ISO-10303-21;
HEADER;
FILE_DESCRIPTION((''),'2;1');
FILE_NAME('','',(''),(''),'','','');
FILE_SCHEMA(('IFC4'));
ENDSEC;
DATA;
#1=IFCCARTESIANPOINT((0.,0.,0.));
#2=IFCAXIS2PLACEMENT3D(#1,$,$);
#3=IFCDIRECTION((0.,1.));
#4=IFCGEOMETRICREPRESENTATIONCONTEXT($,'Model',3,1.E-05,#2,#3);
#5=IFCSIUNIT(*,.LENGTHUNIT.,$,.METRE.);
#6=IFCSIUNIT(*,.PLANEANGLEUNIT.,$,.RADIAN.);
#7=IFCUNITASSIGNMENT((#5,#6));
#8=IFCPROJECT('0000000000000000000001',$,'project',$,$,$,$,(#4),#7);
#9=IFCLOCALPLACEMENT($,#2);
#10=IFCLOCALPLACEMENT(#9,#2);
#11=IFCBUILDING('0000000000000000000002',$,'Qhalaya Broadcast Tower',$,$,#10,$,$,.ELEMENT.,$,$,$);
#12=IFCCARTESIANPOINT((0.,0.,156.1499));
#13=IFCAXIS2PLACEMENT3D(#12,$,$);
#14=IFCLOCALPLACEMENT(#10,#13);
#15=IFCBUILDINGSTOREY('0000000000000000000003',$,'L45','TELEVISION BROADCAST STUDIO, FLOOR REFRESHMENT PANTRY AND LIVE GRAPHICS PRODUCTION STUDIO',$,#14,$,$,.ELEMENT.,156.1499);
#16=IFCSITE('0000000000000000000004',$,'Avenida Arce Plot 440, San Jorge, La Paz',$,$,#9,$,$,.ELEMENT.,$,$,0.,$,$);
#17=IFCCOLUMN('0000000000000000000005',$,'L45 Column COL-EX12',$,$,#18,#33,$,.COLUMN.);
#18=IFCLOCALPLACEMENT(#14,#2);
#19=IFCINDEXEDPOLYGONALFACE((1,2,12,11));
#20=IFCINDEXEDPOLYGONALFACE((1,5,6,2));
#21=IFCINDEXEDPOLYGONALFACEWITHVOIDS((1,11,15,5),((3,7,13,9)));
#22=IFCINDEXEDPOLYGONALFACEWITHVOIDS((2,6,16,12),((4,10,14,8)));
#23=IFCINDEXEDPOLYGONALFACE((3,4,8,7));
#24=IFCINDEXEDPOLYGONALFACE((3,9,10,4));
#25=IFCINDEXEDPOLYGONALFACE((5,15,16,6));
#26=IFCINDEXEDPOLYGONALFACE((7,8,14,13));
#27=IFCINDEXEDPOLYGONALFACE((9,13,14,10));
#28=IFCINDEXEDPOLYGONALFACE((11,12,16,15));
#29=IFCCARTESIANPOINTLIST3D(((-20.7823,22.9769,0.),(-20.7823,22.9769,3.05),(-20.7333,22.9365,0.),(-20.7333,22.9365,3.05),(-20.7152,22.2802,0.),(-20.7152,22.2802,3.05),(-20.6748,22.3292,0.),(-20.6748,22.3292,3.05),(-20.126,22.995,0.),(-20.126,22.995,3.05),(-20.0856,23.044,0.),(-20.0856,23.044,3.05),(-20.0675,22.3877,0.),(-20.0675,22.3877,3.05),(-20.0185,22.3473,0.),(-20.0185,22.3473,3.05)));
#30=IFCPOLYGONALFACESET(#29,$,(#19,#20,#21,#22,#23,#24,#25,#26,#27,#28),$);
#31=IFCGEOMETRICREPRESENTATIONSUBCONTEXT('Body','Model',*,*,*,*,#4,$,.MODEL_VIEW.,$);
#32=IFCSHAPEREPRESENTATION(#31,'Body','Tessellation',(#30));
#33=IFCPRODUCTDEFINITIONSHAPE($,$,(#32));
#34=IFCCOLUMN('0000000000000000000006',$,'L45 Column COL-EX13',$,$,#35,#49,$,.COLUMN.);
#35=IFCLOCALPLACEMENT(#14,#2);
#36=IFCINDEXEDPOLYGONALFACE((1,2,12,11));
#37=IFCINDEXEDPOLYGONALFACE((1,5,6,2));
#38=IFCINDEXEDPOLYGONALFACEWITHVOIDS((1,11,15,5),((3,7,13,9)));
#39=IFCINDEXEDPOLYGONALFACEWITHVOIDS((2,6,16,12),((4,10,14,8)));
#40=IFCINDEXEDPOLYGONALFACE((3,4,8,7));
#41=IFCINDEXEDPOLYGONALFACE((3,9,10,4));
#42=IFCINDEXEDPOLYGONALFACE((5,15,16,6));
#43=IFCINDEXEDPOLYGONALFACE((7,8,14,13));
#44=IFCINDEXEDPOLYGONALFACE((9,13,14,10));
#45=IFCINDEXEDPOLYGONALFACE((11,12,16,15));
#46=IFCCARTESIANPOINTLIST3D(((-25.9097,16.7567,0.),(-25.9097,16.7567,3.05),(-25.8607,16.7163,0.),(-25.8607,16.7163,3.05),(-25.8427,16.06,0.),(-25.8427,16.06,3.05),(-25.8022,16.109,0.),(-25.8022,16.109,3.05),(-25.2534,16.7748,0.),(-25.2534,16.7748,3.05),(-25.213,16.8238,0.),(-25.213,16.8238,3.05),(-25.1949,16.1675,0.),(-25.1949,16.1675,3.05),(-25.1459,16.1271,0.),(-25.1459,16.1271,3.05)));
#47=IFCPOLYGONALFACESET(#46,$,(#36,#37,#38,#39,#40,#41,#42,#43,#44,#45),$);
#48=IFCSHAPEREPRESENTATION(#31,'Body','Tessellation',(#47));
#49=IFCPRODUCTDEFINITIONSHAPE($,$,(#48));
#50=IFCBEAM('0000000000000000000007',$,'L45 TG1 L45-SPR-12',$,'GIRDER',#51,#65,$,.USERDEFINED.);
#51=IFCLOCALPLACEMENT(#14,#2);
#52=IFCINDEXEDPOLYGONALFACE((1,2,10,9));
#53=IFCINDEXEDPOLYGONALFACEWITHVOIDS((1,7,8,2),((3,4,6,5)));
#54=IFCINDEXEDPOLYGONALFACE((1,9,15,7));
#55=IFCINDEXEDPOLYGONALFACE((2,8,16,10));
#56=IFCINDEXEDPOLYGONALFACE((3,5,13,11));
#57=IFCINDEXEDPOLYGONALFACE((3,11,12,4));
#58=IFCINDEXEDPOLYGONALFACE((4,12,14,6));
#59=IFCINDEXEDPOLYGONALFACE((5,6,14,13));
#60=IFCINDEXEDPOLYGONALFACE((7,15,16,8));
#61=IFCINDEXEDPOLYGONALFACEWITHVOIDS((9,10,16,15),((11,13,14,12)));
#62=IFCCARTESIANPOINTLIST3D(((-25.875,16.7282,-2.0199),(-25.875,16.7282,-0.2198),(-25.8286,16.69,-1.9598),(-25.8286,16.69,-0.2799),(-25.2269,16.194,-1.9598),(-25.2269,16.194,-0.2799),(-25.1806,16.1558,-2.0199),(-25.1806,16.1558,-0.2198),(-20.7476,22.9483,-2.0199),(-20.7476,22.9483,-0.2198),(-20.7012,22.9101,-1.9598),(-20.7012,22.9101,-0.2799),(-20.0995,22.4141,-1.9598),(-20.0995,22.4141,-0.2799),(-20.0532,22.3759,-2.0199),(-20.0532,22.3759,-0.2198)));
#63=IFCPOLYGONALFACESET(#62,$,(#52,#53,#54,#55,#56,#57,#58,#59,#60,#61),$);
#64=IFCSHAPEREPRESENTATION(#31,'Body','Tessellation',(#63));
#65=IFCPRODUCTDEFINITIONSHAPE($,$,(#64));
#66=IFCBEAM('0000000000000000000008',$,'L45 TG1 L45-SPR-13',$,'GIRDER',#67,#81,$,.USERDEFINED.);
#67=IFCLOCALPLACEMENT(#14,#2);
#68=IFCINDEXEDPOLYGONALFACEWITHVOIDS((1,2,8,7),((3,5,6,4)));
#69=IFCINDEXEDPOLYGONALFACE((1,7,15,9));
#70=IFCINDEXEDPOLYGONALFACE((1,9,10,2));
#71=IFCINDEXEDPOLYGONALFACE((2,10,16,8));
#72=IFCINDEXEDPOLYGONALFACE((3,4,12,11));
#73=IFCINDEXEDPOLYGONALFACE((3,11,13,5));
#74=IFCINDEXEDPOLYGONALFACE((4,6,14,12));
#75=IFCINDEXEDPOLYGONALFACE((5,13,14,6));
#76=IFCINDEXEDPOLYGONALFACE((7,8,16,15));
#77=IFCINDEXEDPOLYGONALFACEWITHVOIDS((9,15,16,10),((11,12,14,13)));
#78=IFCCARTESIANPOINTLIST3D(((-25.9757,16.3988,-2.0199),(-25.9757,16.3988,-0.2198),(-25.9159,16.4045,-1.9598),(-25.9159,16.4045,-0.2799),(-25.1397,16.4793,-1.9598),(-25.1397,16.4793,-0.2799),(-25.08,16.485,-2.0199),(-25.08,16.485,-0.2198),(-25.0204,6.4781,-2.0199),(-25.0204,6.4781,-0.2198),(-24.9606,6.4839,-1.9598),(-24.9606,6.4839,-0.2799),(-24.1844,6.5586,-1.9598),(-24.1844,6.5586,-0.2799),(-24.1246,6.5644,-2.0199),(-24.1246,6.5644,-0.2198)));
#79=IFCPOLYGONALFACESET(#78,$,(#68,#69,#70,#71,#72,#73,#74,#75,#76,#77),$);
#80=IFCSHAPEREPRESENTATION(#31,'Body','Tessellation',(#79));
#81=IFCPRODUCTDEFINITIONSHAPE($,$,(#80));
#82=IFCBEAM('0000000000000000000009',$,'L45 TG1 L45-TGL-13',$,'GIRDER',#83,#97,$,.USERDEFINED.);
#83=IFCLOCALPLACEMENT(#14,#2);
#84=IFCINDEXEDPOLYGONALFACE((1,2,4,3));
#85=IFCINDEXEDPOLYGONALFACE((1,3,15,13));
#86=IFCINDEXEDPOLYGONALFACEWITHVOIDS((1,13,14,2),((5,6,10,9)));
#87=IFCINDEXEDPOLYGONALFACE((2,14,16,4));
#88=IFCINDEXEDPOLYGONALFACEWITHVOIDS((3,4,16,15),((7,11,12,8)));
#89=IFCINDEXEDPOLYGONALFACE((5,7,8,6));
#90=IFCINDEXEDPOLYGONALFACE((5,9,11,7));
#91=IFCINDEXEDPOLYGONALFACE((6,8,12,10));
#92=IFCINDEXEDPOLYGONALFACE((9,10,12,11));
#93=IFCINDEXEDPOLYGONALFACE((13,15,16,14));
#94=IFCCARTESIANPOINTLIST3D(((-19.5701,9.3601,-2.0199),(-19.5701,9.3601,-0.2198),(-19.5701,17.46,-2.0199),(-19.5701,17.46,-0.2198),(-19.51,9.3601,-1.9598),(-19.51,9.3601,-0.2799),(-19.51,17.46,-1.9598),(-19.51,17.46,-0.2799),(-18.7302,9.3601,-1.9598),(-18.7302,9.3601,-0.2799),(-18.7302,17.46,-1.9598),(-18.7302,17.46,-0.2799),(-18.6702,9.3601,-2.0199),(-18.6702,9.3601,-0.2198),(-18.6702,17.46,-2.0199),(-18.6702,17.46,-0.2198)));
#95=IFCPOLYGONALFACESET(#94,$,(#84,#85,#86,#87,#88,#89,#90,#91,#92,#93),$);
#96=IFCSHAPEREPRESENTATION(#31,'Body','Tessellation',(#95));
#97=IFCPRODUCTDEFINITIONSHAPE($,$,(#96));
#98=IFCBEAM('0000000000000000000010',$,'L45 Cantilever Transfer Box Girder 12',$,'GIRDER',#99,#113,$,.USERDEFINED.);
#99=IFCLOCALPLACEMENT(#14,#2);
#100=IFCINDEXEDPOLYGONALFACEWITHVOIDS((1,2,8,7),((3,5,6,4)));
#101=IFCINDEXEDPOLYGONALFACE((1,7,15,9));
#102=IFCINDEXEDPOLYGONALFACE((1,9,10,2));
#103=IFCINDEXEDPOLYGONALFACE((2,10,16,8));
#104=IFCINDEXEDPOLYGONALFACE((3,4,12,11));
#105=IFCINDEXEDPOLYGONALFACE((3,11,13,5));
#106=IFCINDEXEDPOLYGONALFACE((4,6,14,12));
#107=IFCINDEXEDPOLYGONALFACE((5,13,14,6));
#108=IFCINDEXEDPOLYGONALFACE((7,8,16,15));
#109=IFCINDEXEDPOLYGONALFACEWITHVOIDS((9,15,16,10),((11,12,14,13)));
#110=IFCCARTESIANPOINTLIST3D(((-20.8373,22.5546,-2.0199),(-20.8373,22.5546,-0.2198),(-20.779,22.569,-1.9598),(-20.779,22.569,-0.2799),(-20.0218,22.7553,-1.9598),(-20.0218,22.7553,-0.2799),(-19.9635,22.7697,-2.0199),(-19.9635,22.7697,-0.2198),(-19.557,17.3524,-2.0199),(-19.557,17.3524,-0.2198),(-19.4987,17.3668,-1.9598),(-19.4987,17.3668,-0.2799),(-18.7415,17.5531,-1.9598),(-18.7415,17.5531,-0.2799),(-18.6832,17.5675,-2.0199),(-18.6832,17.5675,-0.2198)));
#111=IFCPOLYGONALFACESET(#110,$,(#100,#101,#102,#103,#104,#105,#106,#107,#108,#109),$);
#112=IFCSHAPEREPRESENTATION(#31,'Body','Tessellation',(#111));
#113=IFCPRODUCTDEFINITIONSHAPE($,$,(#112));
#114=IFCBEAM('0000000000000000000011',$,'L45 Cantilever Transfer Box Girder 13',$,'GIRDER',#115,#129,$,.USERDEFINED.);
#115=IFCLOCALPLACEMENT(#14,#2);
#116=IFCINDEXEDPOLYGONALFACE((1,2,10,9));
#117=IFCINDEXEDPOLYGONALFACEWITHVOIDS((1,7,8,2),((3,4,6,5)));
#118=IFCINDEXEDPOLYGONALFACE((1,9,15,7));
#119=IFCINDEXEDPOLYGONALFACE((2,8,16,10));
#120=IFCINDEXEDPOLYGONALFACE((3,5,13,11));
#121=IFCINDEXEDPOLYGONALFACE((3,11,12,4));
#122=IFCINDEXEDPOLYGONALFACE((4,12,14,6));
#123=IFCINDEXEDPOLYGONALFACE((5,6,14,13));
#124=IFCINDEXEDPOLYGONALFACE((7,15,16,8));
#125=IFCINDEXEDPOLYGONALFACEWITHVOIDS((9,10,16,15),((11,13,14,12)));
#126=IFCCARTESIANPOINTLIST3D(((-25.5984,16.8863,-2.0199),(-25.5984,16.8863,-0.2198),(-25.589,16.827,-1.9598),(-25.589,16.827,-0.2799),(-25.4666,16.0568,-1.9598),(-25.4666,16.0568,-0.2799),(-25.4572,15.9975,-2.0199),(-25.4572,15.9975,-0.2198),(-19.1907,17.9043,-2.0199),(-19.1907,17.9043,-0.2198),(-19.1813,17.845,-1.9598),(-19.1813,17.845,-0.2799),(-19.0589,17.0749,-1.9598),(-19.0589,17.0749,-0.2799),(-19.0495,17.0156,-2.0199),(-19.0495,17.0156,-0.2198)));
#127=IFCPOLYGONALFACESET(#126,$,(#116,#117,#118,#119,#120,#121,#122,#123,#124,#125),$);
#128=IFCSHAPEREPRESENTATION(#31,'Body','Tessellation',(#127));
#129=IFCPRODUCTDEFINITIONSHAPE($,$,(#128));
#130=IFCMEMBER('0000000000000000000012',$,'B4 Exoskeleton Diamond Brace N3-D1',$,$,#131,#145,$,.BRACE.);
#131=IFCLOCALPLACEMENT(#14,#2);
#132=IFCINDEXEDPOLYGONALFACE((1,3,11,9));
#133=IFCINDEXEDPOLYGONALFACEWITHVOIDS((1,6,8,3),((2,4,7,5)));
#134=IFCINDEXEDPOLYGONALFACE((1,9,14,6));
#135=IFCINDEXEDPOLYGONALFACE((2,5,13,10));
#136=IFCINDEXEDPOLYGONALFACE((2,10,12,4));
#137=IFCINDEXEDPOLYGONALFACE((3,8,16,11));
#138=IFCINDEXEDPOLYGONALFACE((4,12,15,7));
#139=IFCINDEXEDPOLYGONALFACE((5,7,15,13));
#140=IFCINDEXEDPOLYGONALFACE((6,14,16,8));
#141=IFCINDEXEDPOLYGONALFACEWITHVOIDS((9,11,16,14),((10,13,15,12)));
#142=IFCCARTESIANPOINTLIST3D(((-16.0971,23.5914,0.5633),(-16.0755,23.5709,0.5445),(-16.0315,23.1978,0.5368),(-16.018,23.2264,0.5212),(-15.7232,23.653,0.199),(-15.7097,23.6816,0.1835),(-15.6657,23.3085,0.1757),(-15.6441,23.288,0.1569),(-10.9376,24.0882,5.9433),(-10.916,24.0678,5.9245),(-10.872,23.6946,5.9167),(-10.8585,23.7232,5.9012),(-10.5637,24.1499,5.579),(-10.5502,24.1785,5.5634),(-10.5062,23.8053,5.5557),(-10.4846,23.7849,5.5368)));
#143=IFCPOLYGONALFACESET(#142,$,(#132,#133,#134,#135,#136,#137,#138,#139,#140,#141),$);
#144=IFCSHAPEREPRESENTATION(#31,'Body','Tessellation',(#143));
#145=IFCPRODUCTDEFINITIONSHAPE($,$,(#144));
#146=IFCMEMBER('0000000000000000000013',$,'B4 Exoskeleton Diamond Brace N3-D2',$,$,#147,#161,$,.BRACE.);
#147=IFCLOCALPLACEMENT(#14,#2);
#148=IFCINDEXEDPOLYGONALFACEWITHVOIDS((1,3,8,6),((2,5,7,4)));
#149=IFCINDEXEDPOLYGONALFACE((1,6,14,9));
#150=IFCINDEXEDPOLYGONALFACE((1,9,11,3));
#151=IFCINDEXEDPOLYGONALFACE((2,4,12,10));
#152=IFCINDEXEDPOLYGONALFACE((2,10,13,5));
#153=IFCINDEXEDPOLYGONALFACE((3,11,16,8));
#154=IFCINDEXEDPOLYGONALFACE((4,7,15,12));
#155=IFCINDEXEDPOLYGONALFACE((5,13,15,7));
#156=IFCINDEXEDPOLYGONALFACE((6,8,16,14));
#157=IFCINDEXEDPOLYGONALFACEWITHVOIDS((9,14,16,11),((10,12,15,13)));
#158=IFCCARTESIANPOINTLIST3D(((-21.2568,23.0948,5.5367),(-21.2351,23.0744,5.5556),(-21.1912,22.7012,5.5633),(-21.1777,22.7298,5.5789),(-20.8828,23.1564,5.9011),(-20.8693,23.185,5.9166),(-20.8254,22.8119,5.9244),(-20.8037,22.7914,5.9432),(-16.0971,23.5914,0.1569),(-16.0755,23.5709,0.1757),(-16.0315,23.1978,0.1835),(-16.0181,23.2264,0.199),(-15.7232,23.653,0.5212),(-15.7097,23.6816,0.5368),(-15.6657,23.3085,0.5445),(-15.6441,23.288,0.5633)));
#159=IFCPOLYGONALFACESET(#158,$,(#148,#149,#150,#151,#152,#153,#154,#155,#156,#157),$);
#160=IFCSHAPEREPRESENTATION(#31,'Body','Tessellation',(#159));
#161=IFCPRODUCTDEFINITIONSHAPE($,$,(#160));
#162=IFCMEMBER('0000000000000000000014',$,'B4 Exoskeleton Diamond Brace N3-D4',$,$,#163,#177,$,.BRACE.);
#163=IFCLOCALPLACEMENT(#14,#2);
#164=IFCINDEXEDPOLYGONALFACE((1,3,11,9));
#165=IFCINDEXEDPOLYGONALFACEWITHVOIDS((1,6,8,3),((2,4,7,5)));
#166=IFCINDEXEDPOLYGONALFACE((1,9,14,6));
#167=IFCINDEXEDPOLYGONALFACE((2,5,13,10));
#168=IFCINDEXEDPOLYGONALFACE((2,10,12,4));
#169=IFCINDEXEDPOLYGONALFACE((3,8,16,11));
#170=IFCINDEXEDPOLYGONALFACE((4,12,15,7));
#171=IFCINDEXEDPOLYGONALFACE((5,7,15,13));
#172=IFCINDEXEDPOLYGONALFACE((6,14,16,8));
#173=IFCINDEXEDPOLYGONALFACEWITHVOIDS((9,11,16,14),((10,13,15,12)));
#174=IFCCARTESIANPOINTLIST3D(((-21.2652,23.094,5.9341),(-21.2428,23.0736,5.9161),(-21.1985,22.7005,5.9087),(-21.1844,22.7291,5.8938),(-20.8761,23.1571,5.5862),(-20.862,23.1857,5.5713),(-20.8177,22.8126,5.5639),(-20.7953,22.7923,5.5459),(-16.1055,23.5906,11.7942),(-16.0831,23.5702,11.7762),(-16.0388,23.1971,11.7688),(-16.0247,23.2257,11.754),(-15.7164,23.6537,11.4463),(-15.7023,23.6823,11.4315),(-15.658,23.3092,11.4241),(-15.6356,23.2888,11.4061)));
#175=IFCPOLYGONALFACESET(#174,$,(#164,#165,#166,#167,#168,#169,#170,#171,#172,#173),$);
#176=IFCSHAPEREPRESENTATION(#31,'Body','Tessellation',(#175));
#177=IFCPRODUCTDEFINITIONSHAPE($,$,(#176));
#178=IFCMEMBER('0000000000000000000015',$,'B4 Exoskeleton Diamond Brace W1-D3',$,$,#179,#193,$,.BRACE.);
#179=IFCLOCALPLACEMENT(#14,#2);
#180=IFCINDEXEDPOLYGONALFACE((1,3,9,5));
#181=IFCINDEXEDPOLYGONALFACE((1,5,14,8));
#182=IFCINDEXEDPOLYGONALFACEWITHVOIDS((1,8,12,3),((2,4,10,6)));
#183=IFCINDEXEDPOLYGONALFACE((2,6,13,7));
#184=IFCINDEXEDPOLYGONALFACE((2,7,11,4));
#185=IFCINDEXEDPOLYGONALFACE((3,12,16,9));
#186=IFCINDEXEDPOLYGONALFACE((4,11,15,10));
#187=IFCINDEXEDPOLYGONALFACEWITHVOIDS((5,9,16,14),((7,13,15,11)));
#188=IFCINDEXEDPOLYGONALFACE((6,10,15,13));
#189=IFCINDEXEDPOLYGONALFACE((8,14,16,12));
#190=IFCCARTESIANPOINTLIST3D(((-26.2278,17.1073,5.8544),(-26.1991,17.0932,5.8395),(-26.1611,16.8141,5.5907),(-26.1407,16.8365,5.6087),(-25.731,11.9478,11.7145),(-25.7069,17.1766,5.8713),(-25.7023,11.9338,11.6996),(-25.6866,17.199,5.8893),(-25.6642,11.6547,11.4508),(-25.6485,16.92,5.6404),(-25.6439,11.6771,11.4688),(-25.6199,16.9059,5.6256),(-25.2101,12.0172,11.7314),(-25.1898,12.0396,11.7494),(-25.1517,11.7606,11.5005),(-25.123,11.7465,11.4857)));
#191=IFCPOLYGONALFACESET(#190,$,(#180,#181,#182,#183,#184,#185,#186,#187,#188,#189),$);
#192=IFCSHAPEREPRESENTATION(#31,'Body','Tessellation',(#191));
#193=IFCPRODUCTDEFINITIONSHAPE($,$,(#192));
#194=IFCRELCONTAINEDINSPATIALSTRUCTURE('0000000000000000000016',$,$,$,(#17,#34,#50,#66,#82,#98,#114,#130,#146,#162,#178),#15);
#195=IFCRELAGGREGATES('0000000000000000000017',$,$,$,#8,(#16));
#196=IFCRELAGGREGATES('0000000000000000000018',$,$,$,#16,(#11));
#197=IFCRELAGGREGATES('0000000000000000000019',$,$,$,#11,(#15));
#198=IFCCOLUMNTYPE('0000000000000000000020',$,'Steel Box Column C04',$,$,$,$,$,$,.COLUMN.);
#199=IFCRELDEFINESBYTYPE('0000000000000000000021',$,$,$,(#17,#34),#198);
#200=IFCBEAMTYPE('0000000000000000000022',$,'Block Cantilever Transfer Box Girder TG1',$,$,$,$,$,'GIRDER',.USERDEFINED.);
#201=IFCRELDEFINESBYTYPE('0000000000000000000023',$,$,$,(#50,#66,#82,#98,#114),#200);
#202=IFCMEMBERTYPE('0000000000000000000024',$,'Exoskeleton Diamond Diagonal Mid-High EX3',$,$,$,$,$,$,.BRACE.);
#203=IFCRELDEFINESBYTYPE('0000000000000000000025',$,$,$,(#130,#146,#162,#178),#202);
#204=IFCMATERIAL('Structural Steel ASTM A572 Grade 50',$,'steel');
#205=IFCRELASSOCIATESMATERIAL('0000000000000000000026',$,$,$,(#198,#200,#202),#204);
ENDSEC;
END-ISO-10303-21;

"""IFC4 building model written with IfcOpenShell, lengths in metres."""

from ifc_helpers import new_model, si_unit, direction, frame, origin, origin_2d, place, context, subcontext, project, spatial, hollow_rectangle, extrude, material, material_profile, profile_set, type_object, element, save


model = new_model("IFC4")

# Units and contexts
model_context = context("Model", 3, precision=1e-05, world=origin(), true_north=direction((0.0, 1.0)))
body_context = subcontext(model_context, "Body", "Model", "MODEL_VIEW")
ifc_project = project(units=[si_unit("LENGTHUNIT", "METRE"), si_unit("PLANEANGLEUNIT", "RADIAN")], contexts=[model_context])

# Site, building, storey
site_placement = place(None, origin())
site = spatial("IfcSite", under=ifc_project, at=site_placement, Name="Avenida Arce Plot 440, San Jorge, La Paz", CompositionType="ELEMENT", RefElevation=0.0)
building_placement = place(site_placement, origin())
building = spatial("IfcBuilding", under=site, at=building_placement, Name="Qhalaya Broadcast Tower", CompositionType="ELEMENT")
storey_placement = place(building_placement, frame((0.0, 0.0, 156.1499)))
storey = spatial("IfcBuildingStorey", under=building, at=storey_placement, Name="L45", Description="TELEVISION BROADCAST STUDIO, FLOOR REFRESHMENT PANTRY AND LIVE GRAPHICS PRODUCTION STUDIO", CompositionType="ELEMENT", Elevation=156.1499)

# Columns
ifc_material_1 = material(Name="Structural Steel ASTM A572 Grade 50", Category="steel")
ifc_material_profile_1 = material_profile(ifc_material_1, hollow_rectangle(XDim=0.7, YDim=0.7, WallThickness=0.0449, at=origin_2d()), Name="BOX 700x700x45")
ifc_profile_set_1 = profile_set([ifc_material_profile_1], Name="Structural Steel ASTM A572 Grade 50")
column_type = type_object("IfcColumnType", Name="Steel Box Column C04", PredefinedType="COLUMN", material=ifc_profile_set_1)
for number, where, z_axis, x_axis, name in (
    (1, (-20.4004, 22.6621, 0.0), (0.0, 0.0, 1.0), (0.995396, 0.095846, 0.0), "L45 Column COL-EX12"),
    (2, (-25.5278, 16.4419, 0.0), (0.0, 0.0, 1.0), (-0.095846, 0.995396, 0.0), "L45 Column COL-EX13"),
):
    element("IfcColumn", number, at=place(storey_placement, frame(where, z_axis=z_axis, x_axis=x_axis)), inside=storey, type_object=column_type, Name=name, PredefinedType="COLUMN", context=body_context, shape_type="SweptSolid", body=[
        extrude(hollow_rectangle(XDim=0.7, YDim=0.7, WallThickness=0.0449, at=origin_2d()), origin(), (0.0, 0.0, 1.0), 3.05),
    ])

# Beams
ifc_material_profile_2 = material_profile(ifc_material_1, hollow_rectangle(XDim=0.8999, YDim=1.8, WallThickness=0.0601, at=origin_2d()), Name="BOX 900x1800x60")
ifc_profile_set_2 = profile_set([ifc_material_profile_2], Name="Structural Steel ASTM A572 Grade 50")
beam_type_1 = type_object("IfcBeamType", Name="Block Cantilever Transfer Box Girder TG1", ElementType="GIRDER", PredefinedType="USERDEFINED", material=ifc_profile_set_2)
beam_1_placement = place(storey_placement, frame((-20.4004, 22.6621, -1.1199), z_axis=(-0.63607, -0.771631, 0.0), x_axis=(0.771631, -0.63607, 0.0)))
element("IfcBeam", 3, at=beam_1_placement, inside=storey, type_object=beam_type_1, Name="L45 TG1 L45-SPR-12", ObjectType="GIRDER", PredefinedType="USERDEFINED", context=body_context, shape_type="SweptSolid", body=[
    extrude(hollow_rectangle(XDim=0.8999, YDim=1.8, WallThickness=0.0601, at=origin_2d()), origin(), (0.0, 0.0, 1.0), 8.061),
])
beam_2_placement = place(storey_placement, frame((-25.5278, 16.4419, -1.1199), z_axis=(0.095853, -0.995396, 0.0), x_axis=(0.995396, 0.095853, 0.0)))
element("IfcBeam", 4, at=beam_2_placement, inside=storey, type_object=beam_type_1, Name="L45 TG1 L45-SPR-13", ObjectType="GIRDER", PredefinedType="USERDEFINED", context=body_context, shape_type="SweptSolid", body=[
    extrude(hollow_rectangle(XDim=0.8999, YDim=1.8, WallThickness=0.0601, at=origin_2d()), origin(), (0.0, 0.0, 1.0), 9.9666),
])
beam_3_placement = place(storey_placement, frame((-19.1201, 17.46, -1.1199), z_axis=(0.0, -1.0, 0.0), x_axis=(1.0, 0.0, 0.0)))
element("IfcBeam", 5, at=beam_3_placement, inside=storey, type_object=beam_type_1, Name="L45 TG1 L45-TGL-13", ObjectType="GIRDER", PredefinedType="USERDEFINED", context=body_context, shape_type="SweptSolid", body=[
    extrude(hollow_rectangle(XDim=0.8999, YDim=1.8, WallThickness=0.0601, at=origin_2d()), origin(), (0.0, 0.0, 1.0), 8.0999),
])
beam_4_placement = place(storey_placement, frame((-19.1201, 17.46, -1.1199), z_axis=(-0.238974, 0.971026, 0.0), x_axis=(-0.971026, -0.238974, 0.0)))
element("IfcBeam", 6, at=beam_4_placement, inside=storey, type_object=beam_type_1, Name="L45 Cantilever Transfer Box Girder 12", ObjectType="GIRDER", PredefinedType="USERDEFINED", context=body_context, shape_type="SweptSolid", body=[
    extrude(hollow_rectangle(XDim=0.8999, YDim=1.8, WallThickness=0.0601, at=origin_2d()), origin(), (0.0, 0.0, 1.0), 5.3574),
])
beam_5_placement = place(storey_placement, frame((-19.1201, 17.46, -1.1199), z_axis=(-0.987612, -0.156913, 0.0), x_axis=(0.156913, -0.987612, 0.0)))
element("IfcBeam", 7, at=beam_5_placement, inside=storey, type_object=beam_type_1, Name="L45 Cantilever Transfer Box Girder 13", ObjectType="GIRDER", PredefinedType="USERDEFINED", context=body_context, shape_type="SweptSolid", body=[
    extrude(hollow_rectangle(XDim=0.8999, YDim=1.8, WallThickness=0.0601, at=origin_2d()), origin(), (0.0, 0.0, 1.0), 6.488),
])

# Members
ifc_material_profile_3 = material_profile(ifc_material_1, hollow_rectangle(XDim=0.3999, YDim=0.55, WallThickness=0.0249, at=origin_2d()), Name="BOX 400x550x25")
ifc_profile_set_3 = profile_set([ifc_material_profile_3], Name="Structural Steel ASTM A572 Grade 50")
member_type_1 = type_object("IfcMemberType", Name="Exoskeleton Diamond Diagonal Mid-High EX3", PredefinedType="BRACE", material=ifc_profile_set_3)
for number, where, z_axis, x_axis, name in (
    (8, (-15.8706, 23.4397, 0.3601), (0.690632, 0.066504, 0.720142), (-0.164115, 0.984197, 0.0665), "B4 Exoskeleton Diamond Brace N3-D1"),
    (9, (-15.8706, 23.4397, 0.3601), (-0.69065, -0.06647, 0.720127), (0.164063, -0.984206, 0.066502), "B4 Exoskeleton Diamond Brace N3-D2"),
):
    element("IfcMember", number, at=place(storey_placement, frame(where, z_axis=z_axis, x_axis=x_axis)), inside=storey, type_object=member_type_1, Name=name, PredefinedType="BRACE", context=body_context, shape_type="SweptSolid", body=[
        extrude(hollow_rectangle(XDim=0.3999, YDim=0.55, WallThickness=0.0249, at=origin_2d()), origin(), (0.0, 0.0, 1.0), 7.4707),
    ])
member_1_placement = place(storey_placement, frame((-21.0303, 22.9431, 5.74), z_axis=(0.659496, 0.063472, 0.749024), x_axis=(-0.16682, 0.98394, 0.063502)))
element("IfcMember", 10, at=member_1_placement, inside=storey, type_object=member_type_1, Name="B4 Exoskeleton Diamond Brace N3-D4", PredefinedType="BRACE", context=body_context, shape_type="SweptSolid", body=[
    extrude(hollow_rectangle(XDim=0.3999, YDim=0.55, WallThickness=0.0249, at=origin_2d()), origin(), (0.0, 0.0, 1.0), 7.8237),
])
member_2_placement = place(storey_placement, frame((-25.9238, 17.0066, 5.74), z_axis=(0.063504, -0.659477, 0.749038), x_axis=(-0.16687, 0.73297, 0.659477)))
element("IfcMember", 11, at=member_2_placement, inside=storey, type_object=member_type_1, Name="B4 Exoskeleton Diamond Brace W1-D3", PredefinedType="BRACE", context=body_context, shape_type="SweptSolid", body=[
    extrude(hollow_rectangle(XDim=0.3999, YDim=0.55, WallThickness=0.0249, at=origin_2d()), origin(), (0.0, 0.0, 1.0), 7.8235),
])

save(model, "model.ifc")
